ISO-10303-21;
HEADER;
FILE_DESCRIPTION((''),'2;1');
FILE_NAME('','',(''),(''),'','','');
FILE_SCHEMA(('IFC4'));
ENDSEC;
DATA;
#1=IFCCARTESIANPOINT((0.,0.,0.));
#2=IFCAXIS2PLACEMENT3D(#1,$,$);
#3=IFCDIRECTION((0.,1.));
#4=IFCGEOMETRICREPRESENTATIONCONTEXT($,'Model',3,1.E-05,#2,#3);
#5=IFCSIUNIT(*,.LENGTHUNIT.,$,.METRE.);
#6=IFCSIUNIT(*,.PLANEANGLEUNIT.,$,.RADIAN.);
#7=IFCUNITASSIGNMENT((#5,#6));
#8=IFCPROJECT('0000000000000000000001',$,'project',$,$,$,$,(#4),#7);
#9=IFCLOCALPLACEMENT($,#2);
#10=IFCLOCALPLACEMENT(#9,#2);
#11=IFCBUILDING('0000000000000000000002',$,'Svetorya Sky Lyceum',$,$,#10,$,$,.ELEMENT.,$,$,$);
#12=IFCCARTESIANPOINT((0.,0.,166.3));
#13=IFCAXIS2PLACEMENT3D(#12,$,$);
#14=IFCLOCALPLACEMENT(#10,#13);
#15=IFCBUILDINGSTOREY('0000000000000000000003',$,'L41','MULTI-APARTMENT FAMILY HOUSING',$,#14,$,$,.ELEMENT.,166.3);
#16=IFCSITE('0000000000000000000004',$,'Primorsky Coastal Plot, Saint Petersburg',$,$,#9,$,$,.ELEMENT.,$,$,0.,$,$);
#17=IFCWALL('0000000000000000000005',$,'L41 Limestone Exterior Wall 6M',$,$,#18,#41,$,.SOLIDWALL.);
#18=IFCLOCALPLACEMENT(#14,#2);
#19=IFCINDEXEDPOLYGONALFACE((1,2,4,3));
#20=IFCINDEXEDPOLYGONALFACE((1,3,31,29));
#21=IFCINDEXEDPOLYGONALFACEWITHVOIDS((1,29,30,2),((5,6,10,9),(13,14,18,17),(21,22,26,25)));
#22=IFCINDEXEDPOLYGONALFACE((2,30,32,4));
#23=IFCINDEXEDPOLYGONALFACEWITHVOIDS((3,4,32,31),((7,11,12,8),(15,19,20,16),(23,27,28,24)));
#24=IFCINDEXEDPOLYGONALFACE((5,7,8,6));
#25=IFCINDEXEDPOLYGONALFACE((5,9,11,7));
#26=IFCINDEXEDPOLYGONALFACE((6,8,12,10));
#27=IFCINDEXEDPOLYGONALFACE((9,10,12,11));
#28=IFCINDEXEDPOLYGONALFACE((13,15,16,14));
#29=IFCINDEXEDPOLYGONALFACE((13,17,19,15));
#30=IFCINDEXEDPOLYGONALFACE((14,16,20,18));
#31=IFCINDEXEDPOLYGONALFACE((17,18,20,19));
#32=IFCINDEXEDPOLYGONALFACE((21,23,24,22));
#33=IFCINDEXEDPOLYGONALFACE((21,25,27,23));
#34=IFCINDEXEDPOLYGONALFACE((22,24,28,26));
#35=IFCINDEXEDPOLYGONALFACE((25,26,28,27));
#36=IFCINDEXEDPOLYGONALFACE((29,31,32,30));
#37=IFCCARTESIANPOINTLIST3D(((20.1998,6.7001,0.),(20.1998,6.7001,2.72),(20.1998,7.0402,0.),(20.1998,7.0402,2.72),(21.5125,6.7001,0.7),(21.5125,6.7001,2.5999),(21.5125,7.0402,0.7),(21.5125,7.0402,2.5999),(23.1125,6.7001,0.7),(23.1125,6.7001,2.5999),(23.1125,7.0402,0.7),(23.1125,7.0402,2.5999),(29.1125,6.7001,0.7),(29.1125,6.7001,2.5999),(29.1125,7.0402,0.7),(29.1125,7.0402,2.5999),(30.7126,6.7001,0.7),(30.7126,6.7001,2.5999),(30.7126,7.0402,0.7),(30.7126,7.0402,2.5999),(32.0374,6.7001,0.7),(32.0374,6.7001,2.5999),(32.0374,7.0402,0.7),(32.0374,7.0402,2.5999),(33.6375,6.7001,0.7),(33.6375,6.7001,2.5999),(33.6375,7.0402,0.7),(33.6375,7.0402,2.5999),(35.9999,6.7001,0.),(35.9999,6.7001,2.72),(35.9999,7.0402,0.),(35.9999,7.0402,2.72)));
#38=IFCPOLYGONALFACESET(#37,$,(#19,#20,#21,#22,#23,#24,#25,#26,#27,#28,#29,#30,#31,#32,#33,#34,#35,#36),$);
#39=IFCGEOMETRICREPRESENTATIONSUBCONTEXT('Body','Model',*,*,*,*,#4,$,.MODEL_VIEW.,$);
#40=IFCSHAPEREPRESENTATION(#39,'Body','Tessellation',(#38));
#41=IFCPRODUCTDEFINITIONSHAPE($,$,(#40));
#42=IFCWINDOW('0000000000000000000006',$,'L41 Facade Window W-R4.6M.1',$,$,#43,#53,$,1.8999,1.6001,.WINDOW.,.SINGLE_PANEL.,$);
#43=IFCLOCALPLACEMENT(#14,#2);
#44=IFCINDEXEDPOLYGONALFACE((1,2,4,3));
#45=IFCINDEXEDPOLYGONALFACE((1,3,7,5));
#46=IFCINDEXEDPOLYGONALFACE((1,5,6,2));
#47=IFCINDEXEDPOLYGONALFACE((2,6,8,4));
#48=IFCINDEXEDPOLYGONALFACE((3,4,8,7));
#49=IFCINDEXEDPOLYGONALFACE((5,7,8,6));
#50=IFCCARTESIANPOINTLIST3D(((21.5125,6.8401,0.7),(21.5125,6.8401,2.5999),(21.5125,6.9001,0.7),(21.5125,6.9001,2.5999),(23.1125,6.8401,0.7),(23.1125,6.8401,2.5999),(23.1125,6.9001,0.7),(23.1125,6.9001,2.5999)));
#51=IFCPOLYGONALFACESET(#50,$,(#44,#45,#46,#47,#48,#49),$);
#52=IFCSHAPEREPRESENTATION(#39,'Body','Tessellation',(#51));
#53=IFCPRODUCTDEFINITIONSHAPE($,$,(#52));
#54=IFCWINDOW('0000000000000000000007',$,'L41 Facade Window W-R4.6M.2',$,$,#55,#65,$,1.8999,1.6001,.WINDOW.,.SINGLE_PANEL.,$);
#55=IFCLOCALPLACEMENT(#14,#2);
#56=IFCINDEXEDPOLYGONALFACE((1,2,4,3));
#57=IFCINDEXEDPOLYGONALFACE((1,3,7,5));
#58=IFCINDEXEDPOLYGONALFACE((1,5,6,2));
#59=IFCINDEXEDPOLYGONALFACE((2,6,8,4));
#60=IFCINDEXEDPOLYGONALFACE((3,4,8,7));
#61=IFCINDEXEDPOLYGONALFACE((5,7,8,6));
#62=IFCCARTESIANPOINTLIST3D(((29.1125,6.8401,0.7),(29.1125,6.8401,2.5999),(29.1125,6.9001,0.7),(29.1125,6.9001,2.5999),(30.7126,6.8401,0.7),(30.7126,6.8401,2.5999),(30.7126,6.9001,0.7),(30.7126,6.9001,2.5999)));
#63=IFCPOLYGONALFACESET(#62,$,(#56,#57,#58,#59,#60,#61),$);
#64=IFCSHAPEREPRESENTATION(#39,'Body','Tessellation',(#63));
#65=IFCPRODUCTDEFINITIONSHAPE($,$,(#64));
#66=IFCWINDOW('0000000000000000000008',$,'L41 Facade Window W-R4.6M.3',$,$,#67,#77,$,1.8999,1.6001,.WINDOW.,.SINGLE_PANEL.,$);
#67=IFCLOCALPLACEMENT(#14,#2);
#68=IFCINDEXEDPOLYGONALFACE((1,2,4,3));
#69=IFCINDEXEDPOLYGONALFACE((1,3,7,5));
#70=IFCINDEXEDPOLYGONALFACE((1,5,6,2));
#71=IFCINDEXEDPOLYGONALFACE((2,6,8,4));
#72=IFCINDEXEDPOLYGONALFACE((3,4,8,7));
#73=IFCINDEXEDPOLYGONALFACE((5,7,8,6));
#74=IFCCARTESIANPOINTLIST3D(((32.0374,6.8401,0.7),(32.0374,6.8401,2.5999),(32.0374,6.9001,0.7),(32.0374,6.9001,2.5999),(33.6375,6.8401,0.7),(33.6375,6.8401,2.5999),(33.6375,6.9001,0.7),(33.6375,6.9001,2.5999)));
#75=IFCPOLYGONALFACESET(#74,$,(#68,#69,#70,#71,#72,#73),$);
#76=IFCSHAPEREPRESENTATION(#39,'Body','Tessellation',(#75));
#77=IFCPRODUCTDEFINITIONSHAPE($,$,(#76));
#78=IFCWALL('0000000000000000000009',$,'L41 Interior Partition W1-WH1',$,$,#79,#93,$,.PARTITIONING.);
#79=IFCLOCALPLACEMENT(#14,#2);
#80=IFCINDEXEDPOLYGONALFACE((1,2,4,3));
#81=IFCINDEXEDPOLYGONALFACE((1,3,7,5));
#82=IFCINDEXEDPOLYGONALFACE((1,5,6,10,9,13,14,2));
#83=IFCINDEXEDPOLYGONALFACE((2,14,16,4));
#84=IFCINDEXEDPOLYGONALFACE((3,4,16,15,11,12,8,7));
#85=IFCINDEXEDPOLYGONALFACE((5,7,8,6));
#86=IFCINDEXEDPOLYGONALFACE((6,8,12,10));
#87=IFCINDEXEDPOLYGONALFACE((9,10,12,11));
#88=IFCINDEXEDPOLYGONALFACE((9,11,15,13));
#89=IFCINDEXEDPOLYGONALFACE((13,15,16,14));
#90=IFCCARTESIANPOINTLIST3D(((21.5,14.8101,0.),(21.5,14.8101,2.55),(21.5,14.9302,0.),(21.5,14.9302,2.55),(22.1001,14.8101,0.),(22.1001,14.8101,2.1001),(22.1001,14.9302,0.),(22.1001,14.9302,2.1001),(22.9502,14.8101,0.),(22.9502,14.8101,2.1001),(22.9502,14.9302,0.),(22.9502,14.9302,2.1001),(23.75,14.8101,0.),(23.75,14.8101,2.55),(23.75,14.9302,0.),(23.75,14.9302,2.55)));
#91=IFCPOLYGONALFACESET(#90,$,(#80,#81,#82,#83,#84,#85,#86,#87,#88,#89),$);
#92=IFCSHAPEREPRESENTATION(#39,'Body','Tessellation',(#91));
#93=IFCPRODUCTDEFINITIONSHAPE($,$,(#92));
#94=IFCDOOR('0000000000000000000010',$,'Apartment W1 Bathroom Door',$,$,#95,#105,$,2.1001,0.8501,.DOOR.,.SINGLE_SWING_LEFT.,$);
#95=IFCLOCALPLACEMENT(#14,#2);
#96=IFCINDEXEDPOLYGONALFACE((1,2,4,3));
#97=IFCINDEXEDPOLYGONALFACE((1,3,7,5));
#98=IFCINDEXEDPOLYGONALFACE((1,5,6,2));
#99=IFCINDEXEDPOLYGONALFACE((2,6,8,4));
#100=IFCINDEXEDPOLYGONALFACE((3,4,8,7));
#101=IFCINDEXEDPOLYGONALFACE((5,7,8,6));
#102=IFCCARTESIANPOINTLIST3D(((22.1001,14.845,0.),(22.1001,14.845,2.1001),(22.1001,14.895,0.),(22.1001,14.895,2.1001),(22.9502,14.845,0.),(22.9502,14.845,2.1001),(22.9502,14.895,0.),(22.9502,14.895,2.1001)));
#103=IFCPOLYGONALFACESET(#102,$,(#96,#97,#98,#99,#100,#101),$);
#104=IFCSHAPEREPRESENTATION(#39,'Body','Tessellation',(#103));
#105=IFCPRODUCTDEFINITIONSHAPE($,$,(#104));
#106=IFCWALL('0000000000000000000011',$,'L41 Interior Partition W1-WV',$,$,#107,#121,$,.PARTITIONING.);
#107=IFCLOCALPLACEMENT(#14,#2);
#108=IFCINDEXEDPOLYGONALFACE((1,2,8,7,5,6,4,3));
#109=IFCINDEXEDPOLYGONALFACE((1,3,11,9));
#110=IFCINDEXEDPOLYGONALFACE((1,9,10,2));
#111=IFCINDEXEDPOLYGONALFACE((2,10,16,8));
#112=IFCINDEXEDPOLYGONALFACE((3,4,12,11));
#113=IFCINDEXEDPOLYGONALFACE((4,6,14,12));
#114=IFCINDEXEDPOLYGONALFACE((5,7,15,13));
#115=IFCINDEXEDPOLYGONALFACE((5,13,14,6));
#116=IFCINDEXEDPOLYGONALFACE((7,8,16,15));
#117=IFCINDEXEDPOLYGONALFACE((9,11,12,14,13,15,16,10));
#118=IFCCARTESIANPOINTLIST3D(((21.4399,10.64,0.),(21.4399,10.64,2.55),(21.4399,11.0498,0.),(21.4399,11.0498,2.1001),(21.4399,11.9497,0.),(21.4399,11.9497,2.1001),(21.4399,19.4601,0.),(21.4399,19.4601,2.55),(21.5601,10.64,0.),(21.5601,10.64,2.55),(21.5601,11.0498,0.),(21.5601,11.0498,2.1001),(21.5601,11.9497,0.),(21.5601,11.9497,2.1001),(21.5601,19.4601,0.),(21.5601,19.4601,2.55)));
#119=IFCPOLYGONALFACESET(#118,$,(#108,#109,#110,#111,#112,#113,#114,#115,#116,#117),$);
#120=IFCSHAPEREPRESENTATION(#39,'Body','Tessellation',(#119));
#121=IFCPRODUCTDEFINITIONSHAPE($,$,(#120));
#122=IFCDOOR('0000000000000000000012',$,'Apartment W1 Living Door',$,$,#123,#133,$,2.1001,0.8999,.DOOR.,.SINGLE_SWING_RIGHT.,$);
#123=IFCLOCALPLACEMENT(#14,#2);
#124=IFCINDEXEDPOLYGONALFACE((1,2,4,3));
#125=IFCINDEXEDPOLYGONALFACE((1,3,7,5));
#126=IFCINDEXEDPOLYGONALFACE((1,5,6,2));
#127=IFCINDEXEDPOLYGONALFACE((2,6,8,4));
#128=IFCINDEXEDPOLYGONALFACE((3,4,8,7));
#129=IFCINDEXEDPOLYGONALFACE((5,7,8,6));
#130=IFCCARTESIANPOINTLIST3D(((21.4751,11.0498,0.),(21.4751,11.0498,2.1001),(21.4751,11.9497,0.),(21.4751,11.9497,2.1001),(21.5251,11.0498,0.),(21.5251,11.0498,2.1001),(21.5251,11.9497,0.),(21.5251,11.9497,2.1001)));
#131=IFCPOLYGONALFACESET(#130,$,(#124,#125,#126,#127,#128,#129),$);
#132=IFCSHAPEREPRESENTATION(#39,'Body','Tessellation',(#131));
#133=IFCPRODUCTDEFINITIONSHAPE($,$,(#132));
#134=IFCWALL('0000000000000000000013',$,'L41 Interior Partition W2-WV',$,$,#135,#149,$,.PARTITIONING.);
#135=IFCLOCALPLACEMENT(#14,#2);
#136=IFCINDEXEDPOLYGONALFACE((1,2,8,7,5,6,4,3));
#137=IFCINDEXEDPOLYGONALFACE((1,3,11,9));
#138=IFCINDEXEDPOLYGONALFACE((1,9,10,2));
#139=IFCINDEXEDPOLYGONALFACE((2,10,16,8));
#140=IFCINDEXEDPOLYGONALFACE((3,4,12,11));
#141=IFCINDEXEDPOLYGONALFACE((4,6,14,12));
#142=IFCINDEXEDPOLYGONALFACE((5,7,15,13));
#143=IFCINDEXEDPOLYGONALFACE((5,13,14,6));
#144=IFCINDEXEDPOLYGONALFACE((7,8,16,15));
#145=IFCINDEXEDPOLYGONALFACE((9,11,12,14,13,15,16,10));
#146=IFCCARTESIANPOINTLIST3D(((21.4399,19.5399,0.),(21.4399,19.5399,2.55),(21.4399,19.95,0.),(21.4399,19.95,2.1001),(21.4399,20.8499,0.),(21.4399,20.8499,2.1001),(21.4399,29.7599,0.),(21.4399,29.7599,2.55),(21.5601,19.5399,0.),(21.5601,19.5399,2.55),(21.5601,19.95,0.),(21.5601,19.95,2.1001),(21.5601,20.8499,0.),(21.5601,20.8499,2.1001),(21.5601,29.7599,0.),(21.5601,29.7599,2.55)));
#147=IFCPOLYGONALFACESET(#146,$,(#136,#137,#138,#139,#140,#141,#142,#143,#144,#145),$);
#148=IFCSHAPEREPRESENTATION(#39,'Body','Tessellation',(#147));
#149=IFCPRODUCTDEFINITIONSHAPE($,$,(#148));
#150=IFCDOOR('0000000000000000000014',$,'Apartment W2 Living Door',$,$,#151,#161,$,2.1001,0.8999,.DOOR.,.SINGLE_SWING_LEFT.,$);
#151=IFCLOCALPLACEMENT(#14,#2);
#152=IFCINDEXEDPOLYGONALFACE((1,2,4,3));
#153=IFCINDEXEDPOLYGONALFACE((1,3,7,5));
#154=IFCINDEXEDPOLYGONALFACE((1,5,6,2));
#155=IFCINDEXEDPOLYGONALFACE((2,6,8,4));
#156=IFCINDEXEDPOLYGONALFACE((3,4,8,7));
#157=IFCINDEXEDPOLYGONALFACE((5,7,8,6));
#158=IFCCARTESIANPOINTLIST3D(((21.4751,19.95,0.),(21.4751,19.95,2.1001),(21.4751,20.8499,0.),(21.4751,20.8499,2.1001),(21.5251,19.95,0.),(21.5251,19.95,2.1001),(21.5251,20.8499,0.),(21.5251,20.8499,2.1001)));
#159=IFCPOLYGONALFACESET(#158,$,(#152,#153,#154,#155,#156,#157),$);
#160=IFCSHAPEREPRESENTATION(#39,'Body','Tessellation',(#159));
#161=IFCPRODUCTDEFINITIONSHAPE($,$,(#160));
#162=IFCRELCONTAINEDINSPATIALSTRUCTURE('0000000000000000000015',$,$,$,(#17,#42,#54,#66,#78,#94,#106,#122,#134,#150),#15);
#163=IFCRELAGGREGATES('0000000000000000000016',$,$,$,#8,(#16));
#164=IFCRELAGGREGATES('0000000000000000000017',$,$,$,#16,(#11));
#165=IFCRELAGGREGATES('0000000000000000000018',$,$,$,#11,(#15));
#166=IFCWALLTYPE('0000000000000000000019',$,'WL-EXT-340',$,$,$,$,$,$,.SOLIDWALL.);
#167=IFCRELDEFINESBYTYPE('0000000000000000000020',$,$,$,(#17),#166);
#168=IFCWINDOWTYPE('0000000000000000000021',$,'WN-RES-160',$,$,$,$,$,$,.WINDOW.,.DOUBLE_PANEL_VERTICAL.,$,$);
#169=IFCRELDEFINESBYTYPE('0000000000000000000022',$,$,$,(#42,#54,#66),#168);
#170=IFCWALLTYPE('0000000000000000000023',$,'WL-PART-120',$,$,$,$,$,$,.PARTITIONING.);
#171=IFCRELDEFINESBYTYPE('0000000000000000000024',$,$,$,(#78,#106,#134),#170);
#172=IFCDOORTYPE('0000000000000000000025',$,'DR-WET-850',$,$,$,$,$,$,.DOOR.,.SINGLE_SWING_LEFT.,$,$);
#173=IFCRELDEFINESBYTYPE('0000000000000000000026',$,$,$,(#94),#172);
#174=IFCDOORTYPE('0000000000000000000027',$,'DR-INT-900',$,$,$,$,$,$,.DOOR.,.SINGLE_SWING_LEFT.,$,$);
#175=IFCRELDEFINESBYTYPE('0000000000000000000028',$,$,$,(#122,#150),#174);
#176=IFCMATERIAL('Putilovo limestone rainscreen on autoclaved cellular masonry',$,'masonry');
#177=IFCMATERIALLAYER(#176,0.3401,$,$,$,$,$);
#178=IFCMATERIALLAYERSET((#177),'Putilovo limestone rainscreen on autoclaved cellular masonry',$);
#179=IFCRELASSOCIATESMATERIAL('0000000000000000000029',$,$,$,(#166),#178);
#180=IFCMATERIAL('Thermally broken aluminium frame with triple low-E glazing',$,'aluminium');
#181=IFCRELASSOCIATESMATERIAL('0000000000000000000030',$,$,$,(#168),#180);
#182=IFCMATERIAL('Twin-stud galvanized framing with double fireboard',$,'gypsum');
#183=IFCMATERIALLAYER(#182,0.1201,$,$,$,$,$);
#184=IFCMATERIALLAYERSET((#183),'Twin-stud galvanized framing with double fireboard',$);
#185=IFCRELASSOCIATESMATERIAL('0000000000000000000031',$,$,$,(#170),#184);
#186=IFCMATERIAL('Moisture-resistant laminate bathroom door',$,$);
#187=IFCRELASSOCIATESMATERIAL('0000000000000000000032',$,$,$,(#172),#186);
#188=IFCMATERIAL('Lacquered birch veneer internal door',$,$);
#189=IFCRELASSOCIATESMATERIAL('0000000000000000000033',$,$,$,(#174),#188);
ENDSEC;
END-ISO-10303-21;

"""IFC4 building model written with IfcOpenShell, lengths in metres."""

from ifc_helpers import new_model, si_unit, direction, frame, frame_2d, origin, place, context, subcontext, project, spatial, rectangle, extrude, material, layer, layer_set, type_object, element, fill, save


model = new_model("IFC4")

# Units and contexts
model_context = context("Model", 3, precision=1e-05, world=origin(), true_north=direction((0.0, 1.0)))
body_context = subcontext(model_context, "Body", "Model", "MODEL_VIEW")
ifc_project = project(units=[si_unit("LENGTHUNIT", "METRE"), si_unit("PLANEANGLEUNIT", "RADIAN")], contexts=[model_context])

# Site, building, storey
site_placement = place(None, origin())
site = spatial("IfcSite", under=ifc_project, at=site_placement, Name="Primorsky Coastal Plot, Saint Petersburg", CompositionType="ELEMENT", RefElevation=0.0)
building_placement = place(site_placement, origin())
building = spatial("IfcBuilding", under=site, at=building_placement, Name="Svetorya Sky Lyceum", CompositionType="ELEMENT")
storey_placement = place(building_placement, frame((0.0, 0.0, 166.3)))
storey = spatial("IfcBuildingStorey", under=building, at=storey_placement, Name="L41", Description="MULTI-APARTMENT FAMILY HOUSING", CompositionType="ELEMENT", Elevation=166.3)

# Shared definitions
ifc_material_1 = material(Name="Putilovo limestone rainscreen on autoclaved cellular masonry", Category="masonry")
ifc_layer_1 = layer(ifc_material_1, 0.3401)
ifc_layer_set_1 = layer_set([ifc_layer_1], Name="Putilovo limestone rainscreen on autoclaved cellular masonry")
wall_type_1 = type_object("IfcWallType", Name="WL-EXT-340", PredefinedType="SOLIDWALL", material=ifc_layer_set_1)

# Wall, openings, windows
wall_1_placement = place(storey_placement, frame((20.2, 6.8701, 0.0), z_axis=(0.0, 0.0, 1.0), x_axis=(1.0, 0.0, 0.0)))
wall_1 = element("IfcWall", 1, at=wall_1_placement, inside=storey, type_object=wall_type_1, Name="L41 Limestone Exterior Wall 6M", PredefinedType="SOLIDWALL", context=body_context, shape_type="SweptSolid", body=[
    extrude(rectangle(XDim=15.8, YDim=0.3401, at=frame_2d((7.8999, 0.0))), origin(), (0.0, 0.0, 1.0), 2.72),
])
opening_1_placement = place(wall_1_placement, frame((1.3125, 0.0, 0.7)))
opening_1 = element("IfcOpeningElement", 2, at=opening_1_placement, cuts=wall_1, PredefinedType="OPENING", context=body_context, shape_type="SweptSolid", body=[
    extrude(rectangle(XDim=1.6001, YDim=1.8999, at=frame_2d((0.8, 0.95))), frame((0.0, 0.1799, 0.0), z_axis=(0.0, -1.0, 0.0), x_axis=(1.0, 0.0, 0.0)), (0.0, 0.0, 1.0), 0.3601),
])
opening_2_placement = place(wall_1_placement, frame((8.9126, 0.0, 0.7)))
opening_2 = element("IfcOpeningElement", 3, at=opening_2_placement, cuts=wall_1, PredefinedType="OPENING", context=body_context, shape_type="SweptSolid", body=[
    extrude(rectangle(XDim=1.6001, YDim=1.8999, at=frame_2d((0.8, 0.95))), frame((0.0, 0.1799, 0.0), z_axis=(0.0, -1.0, 0.0), x_axis=(1.0, 0.0, 0.0)), (0.0, 0.0, 1.0), 0.3601),
])
opening_3_placement = place(wall_1_placement, frame((11.8374, 0.0, 0.7)))
opening_3 = element("IfcOpeningElement", 4, at=opening_3_placement, cuts=wall_1, PredefinedType="OPENING", context=body_context, shape_type="SweptSolid", body=[
    extrude(rectangle(XDim=1.6001, YDim=1.8999, at=frame_2d((0.8, 0.95))), frame((0.0, 0.1799, 0.0), z_axis=(0.0, -1.0, 0.0), x_axis=(1.0, 0.0, 0.0)), (0.0, 0.0, 1.0), 0.3601),
])
ifc_material_2 = material(Name="Thermally broken aluminium frame with triple low-E glazing", Category="aluminium")
window_type = type_object("IfcWindowType", Name="WN-RES-160", PartitioningType="DOUBLE_PANEL_VERTICAL", PredefinedType="WINDOW", material=ifc_material_2)
window_1_placement = place(opening_1_placement, origin())
window_1 = element("IfcWindow", 5, at=window_1_placement, inside=storey, type_object=window_type, Name="L41 Facade Window W-R4.6M.1", OverallHeight=1.8999, OverallWidth=1.6001, PartitioningType="SINGLE_PANEL", PredefinedType="WINDOW", context=body_context, shape_type="SweptSolid", body=[
    extrude(rectangle(XDim=1.6001, YDim=1.8999, at=frame_2d((0.8, 0.95))), frame((0.0, 0.03, 0.0), z_axis=(0.0, -1.0, 0.0), x_axis=(1.0, 0.0, 0.0)), (0.0, 0.0, 1.0), 0.0601),
])
fill(opening_1, window_1)
window_2_placement = place(opening_2_placement, origin())
window_2 = element("IfcWindow", 6, at=window_2_placement, inside=storey, type_object=window_type, Name="L41 Facade Window W-R4.6M.2", OverallHeight=1.8999, OverallWidth=1.6001, PartitioningType="SINGLE_PANEL", PredefinedType="WINDOW", context=body_context, shape_type="SweptSolid", body=[
    extrude(rectangle(XDim=1.6001, YDim=1.8999, at=frame_2d((0.8, 0.95))), frame((0.0, 0.03, 0.0), z_axis=(0.0, -1.0, 0.0), x_axis=(1.0, 0.0, 0.0)), (0.0, 0.0, 1.0), 0.0601),
])
fill(opening_2, window_2)
window_3_placement = place(opening_3_placement, origin())
window_3 = element("IfcWindow", 7, at=window_3_placement, inside=storey, type_object=window_type, Name="L41 Facade Window W-R4.6M.3", OverallHeight=1.8999, OverallWidth=1.6001, PartitioningType="SINGLE_PANEL", PredefinedType="WINDOW", context=body_context, shape_type="SweptSolid", body=[
    extrude(rectangle(XDim=1.6001, YDim=1.8999, at=frame_2d((0.8, 0.95))), frame((0.0, 0.03, 0.0), z_axis=(0.0, -1.0, 0.0), x_axis=(1.0, 0.0, 0.0)), (0.0, 0.0, 1.0), 0.0601),
])
fill(opening_3, window_3)

# Walls, openings, doors
ifc_material_3 = material(Name="Twin-stud galvanized framing with double fireboard", Category="gypsum")
ifc_layer_2 = layer(ifc_material_3, 0.1201)
ifc_layer_set_2 = layer_set([ifc_layer_2], Name="Twin-stud galvanized framing with double fireboard")
wall_type_2 = type_object("IfcWallType", Name="WL-PART-120", PredefinedType="PARTITIONING", material=ifc_layer_set_2)
wall_2_placement = place(storey_placement, frame((21.5, 14.8701, 0.0), z_axis=(0.0, 0.0, 1.0), x_axis=(1.0, 0.0, 0.0)))
wall_2 = element("IfcWall", 8, at=wall_2_placement, inside=storey, type_object=wall_type_2, Name="L41 Interior Partition W1-WH1", PredefinedType="PARTITIONING", context=body_context, shape_type="SweptSolid", body=[
    extrude(rectangle(XDim=2.25, YDim=0.1201, at=frame_2d((1.125, 0.0))), origin(), (0.0, 0.0, 1.0), 2.55),
])
opening_4_placement = place(wall_2_placement, frame((0.6001, 0.0, 0.0)))
opening_4 = element("IfcOpeningElement", 9, at=opening_4_placement, cuts=wall_2, PredefinedType="OPENING", context=body_context, shape_type="SweptSolid", body=[
    extrude(rectangle(XDim=0.8501, YDim=2.1001, at=frame_2d((0.425, 1.05))), frame((0.0, 0.0701, 0.0), z_axis=(0.0, -1.0, 0.0), x_axis=(1.0, 0.0, 0.0)), (0.0, 0.0, 1.0), 0.1401),
])
ifc_material_4 = material(Name="Moisture-resistant laminate bathroom door")
door_type_1 = type_object("IfcDoorType", Name="DR-WET-850", OperationType="SINGLE_SWING_LEFT", PredefinedType="DOOR", material=ifc_material_4)
door_1_placement = place(opening_4_placement, origin())
door_1 = element("IfcDoor", 10, at=door_1_placement, inside=storey, type_object=door_type_1, Name="Apartment W1 Bathroom Door", OperationType="SINGLE_SWING_LEFT", OverallHeight=2.1001, OverallWidth=0.8501, PredefinedType="DOOR", context=body_context, shape_type="SweptSolid", body=[
    extrude(rectangle(XDim=0.8501, YDim=2.1001, at=frame_2d((0.425, 1.05))), frame((0.0, 0.0249, 0.0), z_axis=(0.0, -1.0, 0.0), x_axis=(1.0, 0.0, 0.0)), (0.0, 0.0, 1.0), 0.05),
])
fill(opening_4, door_1)
wall_3_placement = place(storey_placement, frame((21.5, 10.6399, 0.0), z_axis=(0.0, 0.0, 1.0), x_axis=(0.0, 1.0, 0.0)))
wall_3 = element("IfcWall", 11, at=wall_3_placement, inside=storey, type_object=wall_type_2, Name="L41 Interior Partition W1-WV", PredefinedType="PARTITIONING", context=body_context, shape_type="SweptSolid", body=[
    extrude(rectangle(XDim=8.8201, YDim=0.1201, at=frame_2d((4.4102, 0.0))), origin(), (0.0, 0.0, 1.0), 2.55),
])
opening_5_placement = place(wall_3_placement, frame((0.4099, 0.0, 0.0)))
opening_5 = element("IfcOpeningElement", 12, at=opening_5_placement, cuts=wall_3, PredefinedType="OPENING", context=body_context, shape_type="SweptSolid", body=[
    extrude(rectangle(XDim=0.8999, YDim=2.1001, at=frame_2d((0.45, 1.05))), frame((0.0, 0.0701, 0.0), z_axis=(0.0, -1.0, 0.0), x_axis=(1.0, 0.0, 0.0)), (0.0, 0.0, 1.0), 0.1401),
])
ifc_material_5 = material(Name="Lacquered birch veneer internal door")
door_type_2 = type_object("IfcDoorType", Name="DR-INT-900", OperationType="SINGLE_SWING_LEFT", PredefinedType="DOOR", material=ifc_material_5)
door_2_placement = place(opening_5_placement, origin())
door_2 = element("IfcDoor", 13, at=door_2_placement, inside=storey, type_object=door_type_2, Name="Apartment W1 Living Door", OperationType="SINGLE_SWING_RIGHT", OverallHeight=2.1001, OverallWidth=0.8999, PredefinedType="DOOR", context=body_context, shape_type="SweptSolid", body=[
    extrude(rectangle(XDim=0.8999, YDim=2.1001, at=frame_2d((0.45, 1.05))), frame((0.0, 0.0249, 0.0), z_axis=(0.0, -1.0, 0.0), x_axis=(1.0, 0.0, 0.0)), (0.0, 0.0, 1.0), 0.05),
])
fill(opening_5, door_2)
wall_4_placement = place(storey_placement, frame((21.5, 19.54, 0.0), z_axis=(0.0, 0.0, 1.0), x_axis=(0.0, 1.0, 0.0)))
wall_4 = element("IfcWall", 14, at=wall_4_placement, inside=storey, type_object=wall_type_2, Name="L41 Interior Partition W2-WV", PredefinedType="PARTITIONING", context=body_context, shape_type="SweptSolid", body=[
    extrude(rectangle(XDim=10.22, YDim=0.1201, at=frame_2d((5.1099, 0.0))), origin(), (0.0, 0.0, 1.0), 2.55),
])
opening_6_placement = place(wall_4_placement, frame((0.4099, 0.0, 0.0)))
opening_6 = element("IfcOpeningElement", 15, at=opening_6_placement, cuts=wall_4, PredefinedType="OPENING", context=body_context, shape_type="SweptSolid", body=[
    extrude(rectangle(XDim=0.8999, YDim=2.1001, at=frame_2d((0.45, 1.05))), frame((0.0, 0.0701, 0.0), z_axis=(0.0, -1.0, 0.0), x_axis=(1.0, 0.0, 0.0)), (0.0, 0.0, 1.0), 0.1401),
])
door_3_placement = place(opening_6_placement, origin())
door_3 = element("IfcDoor", 16, at=door_3_placement, inside=storey, type_object=door_type_2, Name="Apartment W2 Living Door", OperationType="SINGLE_SWING_LEFT", OverallHeight=2.1001, OverallWidth=0.8999, PredefinedType="DOOR", context=body_context, shape_type="SweptSolid", body=[
    extrude(rectangle(XDim=0.8999, YDim=2.1001, at=frame_2d((0.45, 1.05))), frame((0.0, 0.0249, 0.0), z_axis=(0.0, -1.0, 0.0), x_axis=(1.0, 0.0, 0.0)), (0.0, 0.0, 1.0), 0.05),
])
fill(opening_6, door_3)

save(model, "model.ifc")
